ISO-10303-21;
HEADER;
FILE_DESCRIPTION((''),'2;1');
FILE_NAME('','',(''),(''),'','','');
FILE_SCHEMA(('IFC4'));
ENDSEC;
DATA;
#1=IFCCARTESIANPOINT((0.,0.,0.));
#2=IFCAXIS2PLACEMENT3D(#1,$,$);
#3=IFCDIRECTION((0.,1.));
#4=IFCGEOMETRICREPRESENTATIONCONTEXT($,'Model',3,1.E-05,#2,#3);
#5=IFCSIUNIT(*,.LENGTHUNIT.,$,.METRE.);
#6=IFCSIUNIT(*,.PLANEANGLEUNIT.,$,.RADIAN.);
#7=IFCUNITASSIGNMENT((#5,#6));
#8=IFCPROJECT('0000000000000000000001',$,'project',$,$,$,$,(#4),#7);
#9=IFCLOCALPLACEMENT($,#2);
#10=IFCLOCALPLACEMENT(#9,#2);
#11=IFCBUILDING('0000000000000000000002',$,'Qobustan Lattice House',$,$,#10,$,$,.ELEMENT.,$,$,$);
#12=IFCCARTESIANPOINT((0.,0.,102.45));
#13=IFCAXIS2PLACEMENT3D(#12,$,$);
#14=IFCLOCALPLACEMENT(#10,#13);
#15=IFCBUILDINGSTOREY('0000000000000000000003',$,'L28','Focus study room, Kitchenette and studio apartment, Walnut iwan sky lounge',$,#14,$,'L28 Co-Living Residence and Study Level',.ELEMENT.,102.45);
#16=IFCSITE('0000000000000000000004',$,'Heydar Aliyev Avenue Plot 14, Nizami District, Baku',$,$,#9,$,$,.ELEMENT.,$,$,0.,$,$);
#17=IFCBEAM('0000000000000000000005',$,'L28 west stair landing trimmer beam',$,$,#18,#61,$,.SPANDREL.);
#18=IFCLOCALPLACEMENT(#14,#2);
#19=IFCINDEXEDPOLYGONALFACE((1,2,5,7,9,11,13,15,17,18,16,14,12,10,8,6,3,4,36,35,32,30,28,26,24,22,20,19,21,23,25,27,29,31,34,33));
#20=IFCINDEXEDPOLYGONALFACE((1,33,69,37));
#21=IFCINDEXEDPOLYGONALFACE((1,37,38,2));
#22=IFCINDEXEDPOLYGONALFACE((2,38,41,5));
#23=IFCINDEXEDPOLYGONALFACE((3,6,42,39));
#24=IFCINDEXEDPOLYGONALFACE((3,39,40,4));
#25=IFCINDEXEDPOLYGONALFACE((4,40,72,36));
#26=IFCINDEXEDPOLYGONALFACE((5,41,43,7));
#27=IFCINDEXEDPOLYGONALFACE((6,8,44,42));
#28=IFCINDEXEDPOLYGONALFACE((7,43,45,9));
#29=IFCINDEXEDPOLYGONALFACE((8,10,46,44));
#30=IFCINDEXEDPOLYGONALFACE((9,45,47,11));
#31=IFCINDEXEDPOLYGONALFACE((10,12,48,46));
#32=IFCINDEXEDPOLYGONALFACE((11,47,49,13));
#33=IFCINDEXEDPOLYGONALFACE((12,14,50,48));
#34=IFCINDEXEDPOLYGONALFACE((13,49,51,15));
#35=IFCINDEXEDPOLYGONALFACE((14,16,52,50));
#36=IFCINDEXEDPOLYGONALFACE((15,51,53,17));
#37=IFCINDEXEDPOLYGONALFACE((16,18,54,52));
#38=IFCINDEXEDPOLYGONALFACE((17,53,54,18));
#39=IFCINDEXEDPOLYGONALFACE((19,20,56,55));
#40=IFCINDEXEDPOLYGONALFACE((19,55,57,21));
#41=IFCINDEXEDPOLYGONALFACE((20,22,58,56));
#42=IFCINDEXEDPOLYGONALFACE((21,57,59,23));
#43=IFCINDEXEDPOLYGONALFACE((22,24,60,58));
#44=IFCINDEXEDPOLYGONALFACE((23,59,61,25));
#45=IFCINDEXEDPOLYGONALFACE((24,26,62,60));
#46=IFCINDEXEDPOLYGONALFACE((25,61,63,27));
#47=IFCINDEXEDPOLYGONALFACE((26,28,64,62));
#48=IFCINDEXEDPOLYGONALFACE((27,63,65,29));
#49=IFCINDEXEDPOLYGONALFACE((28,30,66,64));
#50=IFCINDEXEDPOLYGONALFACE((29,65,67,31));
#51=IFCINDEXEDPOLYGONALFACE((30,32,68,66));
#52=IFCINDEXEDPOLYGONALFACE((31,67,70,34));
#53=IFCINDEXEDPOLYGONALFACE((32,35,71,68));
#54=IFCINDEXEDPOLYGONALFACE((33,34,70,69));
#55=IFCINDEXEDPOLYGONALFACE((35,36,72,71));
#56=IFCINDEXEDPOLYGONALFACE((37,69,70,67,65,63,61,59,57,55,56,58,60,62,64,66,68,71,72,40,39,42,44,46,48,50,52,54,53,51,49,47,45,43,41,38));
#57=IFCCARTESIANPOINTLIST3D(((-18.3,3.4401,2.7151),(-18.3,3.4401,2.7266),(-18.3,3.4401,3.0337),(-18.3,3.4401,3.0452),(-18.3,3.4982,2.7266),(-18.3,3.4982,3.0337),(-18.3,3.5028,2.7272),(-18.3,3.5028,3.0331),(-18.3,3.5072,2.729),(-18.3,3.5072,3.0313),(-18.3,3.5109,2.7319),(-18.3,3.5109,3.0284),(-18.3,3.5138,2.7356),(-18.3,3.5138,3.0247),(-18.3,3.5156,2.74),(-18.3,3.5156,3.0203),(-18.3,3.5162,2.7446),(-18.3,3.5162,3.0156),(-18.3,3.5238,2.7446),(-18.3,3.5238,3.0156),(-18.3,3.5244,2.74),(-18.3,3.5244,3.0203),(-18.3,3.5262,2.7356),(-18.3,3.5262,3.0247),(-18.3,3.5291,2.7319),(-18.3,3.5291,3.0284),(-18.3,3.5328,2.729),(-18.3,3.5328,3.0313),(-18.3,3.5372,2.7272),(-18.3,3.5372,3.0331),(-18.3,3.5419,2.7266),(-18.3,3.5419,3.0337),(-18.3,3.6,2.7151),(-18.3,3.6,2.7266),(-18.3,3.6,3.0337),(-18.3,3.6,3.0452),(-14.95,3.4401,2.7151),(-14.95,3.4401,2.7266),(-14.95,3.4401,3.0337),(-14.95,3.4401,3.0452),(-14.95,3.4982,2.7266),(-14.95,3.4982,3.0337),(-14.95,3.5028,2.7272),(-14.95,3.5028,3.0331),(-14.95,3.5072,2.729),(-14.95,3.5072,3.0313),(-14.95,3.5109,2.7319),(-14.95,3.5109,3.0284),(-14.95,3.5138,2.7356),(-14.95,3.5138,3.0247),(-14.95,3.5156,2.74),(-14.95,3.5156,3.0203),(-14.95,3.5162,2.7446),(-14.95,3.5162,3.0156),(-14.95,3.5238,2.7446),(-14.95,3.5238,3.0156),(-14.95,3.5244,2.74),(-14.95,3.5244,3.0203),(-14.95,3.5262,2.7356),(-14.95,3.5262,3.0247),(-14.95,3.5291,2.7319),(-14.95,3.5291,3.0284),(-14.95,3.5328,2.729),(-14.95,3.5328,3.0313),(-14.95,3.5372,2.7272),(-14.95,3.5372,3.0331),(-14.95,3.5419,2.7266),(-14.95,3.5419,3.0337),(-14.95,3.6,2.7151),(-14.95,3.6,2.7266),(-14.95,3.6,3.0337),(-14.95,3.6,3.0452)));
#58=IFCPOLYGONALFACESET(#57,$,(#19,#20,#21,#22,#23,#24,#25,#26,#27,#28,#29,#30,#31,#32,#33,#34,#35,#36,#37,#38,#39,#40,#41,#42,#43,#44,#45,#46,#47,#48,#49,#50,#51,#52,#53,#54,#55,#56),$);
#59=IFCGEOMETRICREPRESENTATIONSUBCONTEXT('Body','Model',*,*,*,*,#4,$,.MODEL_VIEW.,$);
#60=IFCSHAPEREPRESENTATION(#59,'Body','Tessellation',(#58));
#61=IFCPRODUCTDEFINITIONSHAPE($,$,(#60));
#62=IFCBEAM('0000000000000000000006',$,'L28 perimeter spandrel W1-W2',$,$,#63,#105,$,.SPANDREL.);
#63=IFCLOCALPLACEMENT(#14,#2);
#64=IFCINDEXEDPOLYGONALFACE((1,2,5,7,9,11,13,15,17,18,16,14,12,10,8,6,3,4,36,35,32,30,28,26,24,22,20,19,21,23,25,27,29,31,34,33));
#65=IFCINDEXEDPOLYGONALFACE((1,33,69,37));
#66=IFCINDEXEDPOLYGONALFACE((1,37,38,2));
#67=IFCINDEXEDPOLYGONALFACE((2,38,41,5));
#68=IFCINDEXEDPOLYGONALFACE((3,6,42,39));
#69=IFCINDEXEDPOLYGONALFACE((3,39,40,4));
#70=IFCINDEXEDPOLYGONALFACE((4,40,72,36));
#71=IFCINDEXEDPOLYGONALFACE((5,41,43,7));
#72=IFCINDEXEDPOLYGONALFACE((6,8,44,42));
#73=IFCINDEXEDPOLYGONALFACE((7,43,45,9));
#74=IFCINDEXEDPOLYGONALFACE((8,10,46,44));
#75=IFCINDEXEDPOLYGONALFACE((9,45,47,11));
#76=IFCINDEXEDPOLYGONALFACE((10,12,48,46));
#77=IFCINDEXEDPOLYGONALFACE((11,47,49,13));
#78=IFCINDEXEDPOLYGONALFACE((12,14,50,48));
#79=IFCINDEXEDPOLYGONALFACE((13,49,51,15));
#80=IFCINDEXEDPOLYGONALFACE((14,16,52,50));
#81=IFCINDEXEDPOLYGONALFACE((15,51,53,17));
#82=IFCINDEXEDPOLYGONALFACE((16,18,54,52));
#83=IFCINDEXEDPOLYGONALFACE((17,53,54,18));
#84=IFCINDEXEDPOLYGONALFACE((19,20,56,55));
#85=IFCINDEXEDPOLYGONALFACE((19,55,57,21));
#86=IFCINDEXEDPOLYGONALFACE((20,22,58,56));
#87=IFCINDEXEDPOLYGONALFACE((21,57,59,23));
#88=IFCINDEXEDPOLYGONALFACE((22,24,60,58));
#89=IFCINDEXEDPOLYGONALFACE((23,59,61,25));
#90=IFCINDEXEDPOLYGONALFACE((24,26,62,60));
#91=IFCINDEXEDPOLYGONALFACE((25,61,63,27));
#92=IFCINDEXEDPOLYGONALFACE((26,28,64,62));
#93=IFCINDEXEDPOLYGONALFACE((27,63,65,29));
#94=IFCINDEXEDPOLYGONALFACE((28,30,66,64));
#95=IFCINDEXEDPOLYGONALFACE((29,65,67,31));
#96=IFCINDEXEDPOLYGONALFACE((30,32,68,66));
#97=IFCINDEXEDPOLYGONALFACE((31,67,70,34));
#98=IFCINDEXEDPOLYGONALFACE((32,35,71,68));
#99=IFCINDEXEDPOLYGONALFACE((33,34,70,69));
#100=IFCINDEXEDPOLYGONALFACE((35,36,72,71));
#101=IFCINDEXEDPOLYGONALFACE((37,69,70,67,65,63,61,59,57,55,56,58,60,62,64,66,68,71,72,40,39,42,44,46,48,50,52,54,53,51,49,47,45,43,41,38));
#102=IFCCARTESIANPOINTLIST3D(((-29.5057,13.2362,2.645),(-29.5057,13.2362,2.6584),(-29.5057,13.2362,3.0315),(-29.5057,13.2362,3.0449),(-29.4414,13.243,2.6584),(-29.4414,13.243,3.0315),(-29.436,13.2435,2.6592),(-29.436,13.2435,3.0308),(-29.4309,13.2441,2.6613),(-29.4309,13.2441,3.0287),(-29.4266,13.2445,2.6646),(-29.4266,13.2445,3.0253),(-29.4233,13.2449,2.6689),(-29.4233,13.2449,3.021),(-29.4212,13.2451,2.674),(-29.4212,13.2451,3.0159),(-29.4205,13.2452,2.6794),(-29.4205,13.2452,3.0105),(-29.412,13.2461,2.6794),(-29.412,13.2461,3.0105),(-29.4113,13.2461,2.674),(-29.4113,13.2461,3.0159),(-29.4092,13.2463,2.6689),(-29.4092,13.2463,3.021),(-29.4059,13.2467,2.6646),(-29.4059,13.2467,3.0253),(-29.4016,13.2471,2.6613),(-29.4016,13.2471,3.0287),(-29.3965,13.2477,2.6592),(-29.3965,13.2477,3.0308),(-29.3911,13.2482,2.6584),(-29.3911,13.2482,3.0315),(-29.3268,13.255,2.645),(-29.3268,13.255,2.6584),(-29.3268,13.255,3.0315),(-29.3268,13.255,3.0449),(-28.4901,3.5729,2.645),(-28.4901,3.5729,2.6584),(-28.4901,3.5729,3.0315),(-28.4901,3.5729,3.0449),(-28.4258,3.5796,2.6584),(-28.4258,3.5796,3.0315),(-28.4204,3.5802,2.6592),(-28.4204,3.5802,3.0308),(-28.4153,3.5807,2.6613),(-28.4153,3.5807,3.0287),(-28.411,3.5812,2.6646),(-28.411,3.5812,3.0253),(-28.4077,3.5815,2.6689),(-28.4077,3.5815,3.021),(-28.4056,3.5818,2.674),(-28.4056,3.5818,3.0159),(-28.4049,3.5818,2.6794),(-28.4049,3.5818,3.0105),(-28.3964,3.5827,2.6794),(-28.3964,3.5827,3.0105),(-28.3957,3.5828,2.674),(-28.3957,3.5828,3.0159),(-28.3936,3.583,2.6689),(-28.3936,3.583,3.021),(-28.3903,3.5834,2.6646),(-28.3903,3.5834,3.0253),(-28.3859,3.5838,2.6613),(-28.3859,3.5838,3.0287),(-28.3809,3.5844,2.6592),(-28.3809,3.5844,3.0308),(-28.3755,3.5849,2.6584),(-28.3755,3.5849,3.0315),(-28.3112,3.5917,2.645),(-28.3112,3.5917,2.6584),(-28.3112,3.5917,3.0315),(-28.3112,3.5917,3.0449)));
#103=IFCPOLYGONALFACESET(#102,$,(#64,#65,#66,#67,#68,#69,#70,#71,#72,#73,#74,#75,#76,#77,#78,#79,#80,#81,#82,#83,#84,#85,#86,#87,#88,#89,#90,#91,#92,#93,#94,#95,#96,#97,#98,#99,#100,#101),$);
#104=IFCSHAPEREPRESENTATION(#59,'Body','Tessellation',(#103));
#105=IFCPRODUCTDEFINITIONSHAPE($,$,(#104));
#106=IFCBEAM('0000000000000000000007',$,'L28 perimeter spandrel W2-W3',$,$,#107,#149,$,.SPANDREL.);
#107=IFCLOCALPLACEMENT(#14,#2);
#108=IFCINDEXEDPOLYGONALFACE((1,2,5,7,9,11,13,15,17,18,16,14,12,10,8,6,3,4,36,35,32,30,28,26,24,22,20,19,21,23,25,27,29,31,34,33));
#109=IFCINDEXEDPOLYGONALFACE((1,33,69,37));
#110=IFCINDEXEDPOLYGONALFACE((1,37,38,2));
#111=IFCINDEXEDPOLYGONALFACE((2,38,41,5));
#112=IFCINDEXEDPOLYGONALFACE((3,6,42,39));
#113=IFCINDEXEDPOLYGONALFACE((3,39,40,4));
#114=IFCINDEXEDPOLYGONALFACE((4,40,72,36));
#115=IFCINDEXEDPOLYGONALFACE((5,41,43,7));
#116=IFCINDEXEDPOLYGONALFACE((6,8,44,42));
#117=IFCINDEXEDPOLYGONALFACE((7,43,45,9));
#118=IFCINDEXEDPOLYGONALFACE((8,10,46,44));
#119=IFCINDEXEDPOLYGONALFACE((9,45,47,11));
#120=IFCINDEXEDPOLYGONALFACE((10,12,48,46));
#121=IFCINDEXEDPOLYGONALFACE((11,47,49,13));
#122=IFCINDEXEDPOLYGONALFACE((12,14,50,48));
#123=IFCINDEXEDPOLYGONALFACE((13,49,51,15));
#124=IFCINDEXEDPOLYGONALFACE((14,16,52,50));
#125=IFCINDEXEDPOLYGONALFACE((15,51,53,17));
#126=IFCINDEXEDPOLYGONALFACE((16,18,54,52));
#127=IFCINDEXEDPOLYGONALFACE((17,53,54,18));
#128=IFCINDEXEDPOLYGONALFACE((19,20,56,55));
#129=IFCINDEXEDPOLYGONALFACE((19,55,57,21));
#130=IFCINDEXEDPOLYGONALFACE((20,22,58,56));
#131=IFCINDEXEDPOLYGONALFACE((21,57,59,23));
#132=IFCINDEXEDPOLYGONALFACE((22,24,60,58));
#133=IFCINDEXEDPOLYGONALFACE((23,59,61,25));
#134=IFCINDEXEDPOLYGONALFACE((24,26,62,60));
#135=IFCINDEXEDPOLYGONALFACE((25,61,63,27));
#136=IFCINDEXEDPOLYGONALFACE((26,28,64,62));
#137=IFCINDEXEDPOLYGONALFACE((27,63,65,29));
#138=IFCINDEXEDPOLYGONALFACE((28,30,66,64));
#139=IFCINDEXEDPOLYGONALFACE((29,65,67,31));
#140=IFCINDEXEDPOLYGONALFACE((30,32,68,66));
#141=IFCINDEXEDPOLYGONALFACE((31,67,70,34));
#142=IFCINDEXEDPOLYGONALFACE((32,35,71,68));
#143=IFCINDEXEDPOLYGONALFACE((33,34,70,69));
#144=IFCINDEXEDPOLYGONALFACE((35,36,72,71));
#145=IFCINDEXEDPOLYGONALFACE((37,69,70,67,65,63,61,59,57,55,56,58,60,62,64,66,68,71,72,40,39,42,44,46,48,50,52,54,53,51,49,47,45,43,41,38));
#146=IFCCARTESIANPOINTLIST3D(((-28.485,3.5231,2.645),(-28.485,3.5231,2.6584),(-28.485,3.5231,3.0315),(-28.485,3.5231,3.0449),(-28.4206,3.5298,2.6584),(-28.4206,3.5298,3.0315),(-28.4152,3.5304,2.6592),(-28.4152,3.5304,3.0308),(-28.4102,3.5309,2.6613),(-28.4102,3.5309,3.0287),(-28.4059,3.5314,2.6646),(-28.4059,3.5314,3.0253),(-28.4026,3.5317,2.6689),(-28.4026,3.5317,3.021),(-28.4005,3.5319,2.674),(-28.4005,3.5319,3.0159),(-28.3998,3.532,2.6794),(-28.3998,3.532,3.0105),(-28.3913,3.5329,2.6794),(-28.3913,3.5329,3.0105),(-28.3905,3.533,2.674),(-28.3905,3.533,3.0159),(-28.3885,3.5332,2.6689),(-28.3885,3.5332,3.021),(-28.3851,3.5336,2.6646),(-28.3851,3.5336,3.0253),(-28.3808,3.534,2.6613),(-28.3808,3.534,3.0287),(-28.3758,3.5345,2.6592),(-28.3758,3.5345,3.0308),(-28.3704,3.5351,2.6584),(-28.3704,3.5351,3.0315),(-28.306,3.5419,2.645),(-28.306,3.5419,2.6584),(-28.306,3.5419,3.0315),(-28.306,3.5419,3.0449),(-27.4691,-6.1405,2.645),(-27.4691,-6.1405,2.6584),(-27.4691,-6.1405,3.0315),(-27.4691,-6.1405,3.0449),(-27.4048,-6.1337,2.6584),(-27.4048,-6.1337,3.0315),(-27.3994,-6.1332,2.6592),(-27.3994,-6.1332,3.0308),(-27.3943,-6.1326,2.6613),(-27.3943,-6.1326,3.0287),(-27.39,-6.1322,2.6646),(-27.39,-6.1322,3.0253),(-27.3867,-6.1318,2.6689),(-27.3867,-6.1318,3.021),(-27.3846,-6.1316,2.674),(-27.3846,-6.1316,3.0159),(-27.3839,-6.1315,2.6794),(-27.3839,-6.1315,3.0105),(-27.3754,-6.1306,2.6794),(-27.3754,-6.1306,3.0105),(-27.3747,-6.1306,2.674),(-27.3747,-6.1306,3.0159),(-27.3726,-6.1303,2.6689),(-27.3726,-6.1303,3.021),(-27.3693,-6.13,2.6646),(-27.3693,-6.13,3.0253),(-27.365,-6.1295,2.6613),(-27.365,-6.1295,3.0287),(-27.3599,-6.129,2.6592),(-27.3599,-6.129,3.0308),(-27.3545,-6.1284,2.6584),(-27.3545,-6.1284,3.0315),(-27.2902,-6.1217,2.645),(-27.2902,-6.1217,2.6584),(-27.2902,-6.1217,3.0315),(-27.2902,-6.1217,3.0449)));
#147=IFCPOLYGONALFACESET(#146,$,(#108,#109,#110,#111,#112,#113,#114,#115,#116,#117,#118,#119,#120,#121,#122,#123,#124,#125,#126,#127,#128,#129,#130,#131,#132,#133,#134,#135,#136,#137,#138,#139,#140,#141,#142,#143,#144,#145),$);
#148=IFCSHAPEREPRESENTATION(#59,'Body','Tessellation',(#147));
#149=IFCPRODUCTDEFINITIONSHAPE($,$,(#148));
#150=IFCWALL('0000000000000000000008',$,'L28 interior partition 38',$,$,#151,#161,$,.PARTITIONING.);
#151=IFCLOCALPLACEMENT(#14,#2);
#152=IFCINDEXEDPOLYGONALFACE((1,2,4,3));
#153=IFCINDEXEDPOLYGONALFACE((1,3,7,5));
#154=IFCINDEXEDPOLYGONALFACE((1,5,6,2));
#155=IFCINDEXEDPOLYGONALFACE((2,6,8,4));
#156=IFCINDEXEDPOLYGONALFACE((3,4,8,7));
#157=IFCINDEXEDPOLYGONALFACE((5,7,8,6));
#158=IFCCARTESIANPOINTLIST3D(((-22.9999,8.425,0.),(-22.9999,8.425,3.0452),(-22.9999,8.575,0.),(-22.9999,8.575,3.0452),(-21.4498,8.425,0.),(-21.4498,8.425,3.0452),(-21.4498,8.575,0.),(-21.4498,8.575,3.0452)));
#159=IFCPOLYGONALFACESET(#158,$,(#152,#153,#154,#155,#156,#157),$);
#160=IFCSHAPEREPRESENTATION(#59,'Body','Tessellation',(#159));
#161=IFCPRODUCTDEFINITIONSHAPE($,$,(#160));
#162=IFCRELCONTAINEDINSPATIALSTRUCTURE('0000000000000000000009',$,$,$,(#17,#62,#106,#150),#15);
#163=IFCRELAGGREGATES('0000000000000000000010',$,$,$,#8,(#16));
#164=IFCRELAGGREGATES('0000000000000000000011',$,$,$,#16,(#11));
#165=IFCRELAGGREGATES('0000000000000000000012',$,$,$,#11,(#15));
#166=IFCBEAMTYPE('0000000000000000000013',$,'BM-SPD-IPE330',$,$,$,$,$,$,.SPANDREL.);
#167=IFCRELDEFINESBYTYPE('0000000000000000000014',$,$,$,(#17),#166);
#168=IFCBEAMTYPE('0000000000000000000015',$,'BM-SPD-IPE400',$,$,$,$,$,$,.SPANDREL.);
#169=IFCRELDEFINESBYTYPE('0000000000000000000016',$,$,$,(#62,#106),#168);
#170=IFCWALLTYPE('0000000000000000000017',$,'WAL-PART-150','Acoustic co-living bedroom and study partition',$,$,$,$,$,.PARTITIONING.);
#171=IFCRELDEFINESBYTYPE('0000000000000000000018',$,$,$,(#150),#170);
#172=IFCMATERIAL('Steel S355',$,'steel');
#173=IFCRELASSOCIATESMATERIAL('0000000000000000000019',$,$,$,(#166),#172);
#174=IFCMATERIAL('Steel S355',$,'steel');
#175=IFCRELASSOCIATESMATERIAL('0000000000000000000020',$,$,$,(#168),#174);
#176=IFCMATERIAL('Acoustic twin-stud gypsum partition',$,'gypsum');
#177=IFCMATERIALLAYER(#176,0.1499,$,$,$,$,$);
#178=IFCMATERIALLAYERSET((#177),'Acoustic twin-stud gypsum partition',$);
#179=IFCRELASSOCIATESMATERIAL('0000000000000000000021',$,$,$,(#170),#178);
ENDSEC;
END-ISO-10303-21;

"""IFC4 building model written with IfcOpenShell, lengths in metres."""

from ifc_helpers import new_model, si_unit, direction, frame, frame_2d, origin, origin_2d, place, context, subcontext, project, spatial, rectangle, i_section, extrude, material, layer, layer_set, material_profile, profile_set, type_object, element, save


model = new_model("IFC4")

# Units and contexts
model_context = context("Model", 3, precision=1e-05, world=origin(), true_north=direction((0.0, 1.0)))
body_context = subcontext(model_context, "Body", "Model", "MODEL_VIEW")
ifc_project = project(units=[si_unit("LENGTHUNIT", "METRE"), si_unit("PLANEANGLEUNIT", "RADIAN")], contexts=[model_context])

# Site, building, storey
site_placement = place(None, origin())
site = spatial("IfcSite", under=ifc_project, at=site_placement, Name="Heydar Aliyev Avenue Plot 14, Nizami District, Baku", CompositionType="ELEMENT", RefElevation=0.0)
building_placement = place(site_placement, origin())
building = spatial("IfcBuilding", under=site, at=building_placement, Name="Qobustan Lattice House", CompositionType="ELEMENT")
storey_placement = place(building_placement, frame((0.0, 0.0, 102.45)))
storey = spatial("IfcBuildingStorey", under=building, at=storey_placement, Name="L28", Description="Focus study room, Kitchenette and studio apartment, Walnut iwan sky lounge", LongName="L28 Co-Living Residence and Study Level", CompositionType="ELEMENT", Elevation=102.45)

# Beams
ifc_material_1 = material(Name="Steel S355", Category="steel")
ifc_material_profile_1 = material_profile(ifc_material_1, i_section(OverallWidth=0.1599, OverallDepth=0.3301, WebThickness=0.0076, FlangeThickness=0.0115, FilletRadius=0.0181, at=origin_2d()), Name="IPE330")
ifc_profile_set_1 = profile_set([ifc_material_profile_1], Name="Steel S355")
beam_type_1 = type_object("IfcBeamType", Name="BM-SPD-IPE330", PredefinedType="SPANDREL", material=ifc_profile_set_1)
beam_1_placement = place(storey_placement, frame((-18.3, 3.52, 2.8801), z_axis=(1.0, 0.0, 0.0), x_axis=(0.0, 1.0, 0.0)))
element("IfcBeam", 1, at=beam_1_placement, inside=storey, type_object=beam_type_1, Name="L28 west stair landing trimmer beam", PredefinedType="SPANDREL", context=body_context, shape_type="SweptSolid", body=[
    extrude(i_section(OverallWidth=0.1599, OverallDepth=0.3301, WebThickness=0.0076, FlangeThickness=0.0115, FilletRadius=0.0181, at=origin_2d()), origin(), (0.0, 0.0, 1.0), 3.3501),
])
ifc_material_2 = material(Name="Steel S355", Category="steel")
ifc_material_profile_2 = material_profile(ifc_material_2, i_section(OverallWidth=0.1799, OverallDepth=0.3999, WebThickness=0.0085, FlangeThickness=0.0134, FilletRadius=0.021, at=origin_2d()), Name="IPE400")
ifc_profile_set_2 = profile_set([ifc_material_profile_2], Name="Steel S355")
beam_type_2 = type_object("IfcBeamType", Name="BM-SPD-IPE400", PredefinedType="SPANDREL", material=ifc_profile_set_2)
beam_2_placement = place(storey_placement, frame((-29.4163, 13.2456, 2.845), z_axis=(0.104525, -0.994522, 0.0), x_axis=(0.994522, 0.104525, 0.0)))
element("IfcBeam", 2, at=beam_2_placement, inside=storey, type_object=beam_type_2, Name="L28 perimeter spandrel W1-W2", PredefinedType="SPANDREL", context=body_context, shape_type="SweptSolid", body=[
    extrude(i_section(OverallWidth=0.1799, OverallDepth=0.3999, WebThickness=0.0085, FlangeThickness=0.0134, FilletRadius=0.021, at=origin_2d()), origin(), (0.0, 0.0, 1.0), 9.7166),
])
beam_3_placement = place(storey_placement, frame((-28.3955, 3.5325, 2.845), z_axis=(0.104547, -0.99452, 0.0), x_axis=(0.99452, 0.104547, 0.0)))
element("IfcBeam", 3, at=beam_3_placement, inside=storey, type_object=beam_type_2, Name="L28 perimeter spandrel W2-W3", PredefinedType="SPANDREL", context=body_context, shape_type="SweptSolid", body=[
    extrude(i_section(OverallWidth=0.1799, OverallDepth=0.3999, WebThickness=0.0085, FlangeThickness=0.0134, FilletRadius=0.021, at=origin_2d()), origin(), (0.0, 0.0, 1.0), 9.7168),
])

# Wall
ifc_material_3 = material(Name="Acoustic twin-stud gypsum partition", Category="gypsum")
ifc_layer_1 = layer(ifc_material_3, 0.1499)
ifc_layer_set_1 = layer_set([ifc_layer_1], Name="Acoustic twin-stud gypsum partition")
wall_type_1 = type_object("IfcWallType", Name="WAL-PART-150", Description="Acoustic co-living bedroom and study partition", PredefinedType="PARTITIONING", material=ifc_layer_set_1)
wall_1_placement = place(storey_placement, frame((-21.45, 8.5, 0.0), z_axis=(0.0, 0.0, 1.0), x_axis=(-1.0, 0.0, 0.0)))
element("IfcWall", 4, at=wall_1_placement, inside=storey, type_object=wall_type_1, Name="L28 interior partition 38", PredefinedType="PARTITIONING", context=body_context, shape_type="SweptSolid", body=[
    extrude(rectangle(XDim=1.55, YDim=0.1499, at=frame_2d((0.7749, 0.0))), origin(), (0.0, 0.0, 1.0), 3.0452),
])

save(model, "model.ifc")
